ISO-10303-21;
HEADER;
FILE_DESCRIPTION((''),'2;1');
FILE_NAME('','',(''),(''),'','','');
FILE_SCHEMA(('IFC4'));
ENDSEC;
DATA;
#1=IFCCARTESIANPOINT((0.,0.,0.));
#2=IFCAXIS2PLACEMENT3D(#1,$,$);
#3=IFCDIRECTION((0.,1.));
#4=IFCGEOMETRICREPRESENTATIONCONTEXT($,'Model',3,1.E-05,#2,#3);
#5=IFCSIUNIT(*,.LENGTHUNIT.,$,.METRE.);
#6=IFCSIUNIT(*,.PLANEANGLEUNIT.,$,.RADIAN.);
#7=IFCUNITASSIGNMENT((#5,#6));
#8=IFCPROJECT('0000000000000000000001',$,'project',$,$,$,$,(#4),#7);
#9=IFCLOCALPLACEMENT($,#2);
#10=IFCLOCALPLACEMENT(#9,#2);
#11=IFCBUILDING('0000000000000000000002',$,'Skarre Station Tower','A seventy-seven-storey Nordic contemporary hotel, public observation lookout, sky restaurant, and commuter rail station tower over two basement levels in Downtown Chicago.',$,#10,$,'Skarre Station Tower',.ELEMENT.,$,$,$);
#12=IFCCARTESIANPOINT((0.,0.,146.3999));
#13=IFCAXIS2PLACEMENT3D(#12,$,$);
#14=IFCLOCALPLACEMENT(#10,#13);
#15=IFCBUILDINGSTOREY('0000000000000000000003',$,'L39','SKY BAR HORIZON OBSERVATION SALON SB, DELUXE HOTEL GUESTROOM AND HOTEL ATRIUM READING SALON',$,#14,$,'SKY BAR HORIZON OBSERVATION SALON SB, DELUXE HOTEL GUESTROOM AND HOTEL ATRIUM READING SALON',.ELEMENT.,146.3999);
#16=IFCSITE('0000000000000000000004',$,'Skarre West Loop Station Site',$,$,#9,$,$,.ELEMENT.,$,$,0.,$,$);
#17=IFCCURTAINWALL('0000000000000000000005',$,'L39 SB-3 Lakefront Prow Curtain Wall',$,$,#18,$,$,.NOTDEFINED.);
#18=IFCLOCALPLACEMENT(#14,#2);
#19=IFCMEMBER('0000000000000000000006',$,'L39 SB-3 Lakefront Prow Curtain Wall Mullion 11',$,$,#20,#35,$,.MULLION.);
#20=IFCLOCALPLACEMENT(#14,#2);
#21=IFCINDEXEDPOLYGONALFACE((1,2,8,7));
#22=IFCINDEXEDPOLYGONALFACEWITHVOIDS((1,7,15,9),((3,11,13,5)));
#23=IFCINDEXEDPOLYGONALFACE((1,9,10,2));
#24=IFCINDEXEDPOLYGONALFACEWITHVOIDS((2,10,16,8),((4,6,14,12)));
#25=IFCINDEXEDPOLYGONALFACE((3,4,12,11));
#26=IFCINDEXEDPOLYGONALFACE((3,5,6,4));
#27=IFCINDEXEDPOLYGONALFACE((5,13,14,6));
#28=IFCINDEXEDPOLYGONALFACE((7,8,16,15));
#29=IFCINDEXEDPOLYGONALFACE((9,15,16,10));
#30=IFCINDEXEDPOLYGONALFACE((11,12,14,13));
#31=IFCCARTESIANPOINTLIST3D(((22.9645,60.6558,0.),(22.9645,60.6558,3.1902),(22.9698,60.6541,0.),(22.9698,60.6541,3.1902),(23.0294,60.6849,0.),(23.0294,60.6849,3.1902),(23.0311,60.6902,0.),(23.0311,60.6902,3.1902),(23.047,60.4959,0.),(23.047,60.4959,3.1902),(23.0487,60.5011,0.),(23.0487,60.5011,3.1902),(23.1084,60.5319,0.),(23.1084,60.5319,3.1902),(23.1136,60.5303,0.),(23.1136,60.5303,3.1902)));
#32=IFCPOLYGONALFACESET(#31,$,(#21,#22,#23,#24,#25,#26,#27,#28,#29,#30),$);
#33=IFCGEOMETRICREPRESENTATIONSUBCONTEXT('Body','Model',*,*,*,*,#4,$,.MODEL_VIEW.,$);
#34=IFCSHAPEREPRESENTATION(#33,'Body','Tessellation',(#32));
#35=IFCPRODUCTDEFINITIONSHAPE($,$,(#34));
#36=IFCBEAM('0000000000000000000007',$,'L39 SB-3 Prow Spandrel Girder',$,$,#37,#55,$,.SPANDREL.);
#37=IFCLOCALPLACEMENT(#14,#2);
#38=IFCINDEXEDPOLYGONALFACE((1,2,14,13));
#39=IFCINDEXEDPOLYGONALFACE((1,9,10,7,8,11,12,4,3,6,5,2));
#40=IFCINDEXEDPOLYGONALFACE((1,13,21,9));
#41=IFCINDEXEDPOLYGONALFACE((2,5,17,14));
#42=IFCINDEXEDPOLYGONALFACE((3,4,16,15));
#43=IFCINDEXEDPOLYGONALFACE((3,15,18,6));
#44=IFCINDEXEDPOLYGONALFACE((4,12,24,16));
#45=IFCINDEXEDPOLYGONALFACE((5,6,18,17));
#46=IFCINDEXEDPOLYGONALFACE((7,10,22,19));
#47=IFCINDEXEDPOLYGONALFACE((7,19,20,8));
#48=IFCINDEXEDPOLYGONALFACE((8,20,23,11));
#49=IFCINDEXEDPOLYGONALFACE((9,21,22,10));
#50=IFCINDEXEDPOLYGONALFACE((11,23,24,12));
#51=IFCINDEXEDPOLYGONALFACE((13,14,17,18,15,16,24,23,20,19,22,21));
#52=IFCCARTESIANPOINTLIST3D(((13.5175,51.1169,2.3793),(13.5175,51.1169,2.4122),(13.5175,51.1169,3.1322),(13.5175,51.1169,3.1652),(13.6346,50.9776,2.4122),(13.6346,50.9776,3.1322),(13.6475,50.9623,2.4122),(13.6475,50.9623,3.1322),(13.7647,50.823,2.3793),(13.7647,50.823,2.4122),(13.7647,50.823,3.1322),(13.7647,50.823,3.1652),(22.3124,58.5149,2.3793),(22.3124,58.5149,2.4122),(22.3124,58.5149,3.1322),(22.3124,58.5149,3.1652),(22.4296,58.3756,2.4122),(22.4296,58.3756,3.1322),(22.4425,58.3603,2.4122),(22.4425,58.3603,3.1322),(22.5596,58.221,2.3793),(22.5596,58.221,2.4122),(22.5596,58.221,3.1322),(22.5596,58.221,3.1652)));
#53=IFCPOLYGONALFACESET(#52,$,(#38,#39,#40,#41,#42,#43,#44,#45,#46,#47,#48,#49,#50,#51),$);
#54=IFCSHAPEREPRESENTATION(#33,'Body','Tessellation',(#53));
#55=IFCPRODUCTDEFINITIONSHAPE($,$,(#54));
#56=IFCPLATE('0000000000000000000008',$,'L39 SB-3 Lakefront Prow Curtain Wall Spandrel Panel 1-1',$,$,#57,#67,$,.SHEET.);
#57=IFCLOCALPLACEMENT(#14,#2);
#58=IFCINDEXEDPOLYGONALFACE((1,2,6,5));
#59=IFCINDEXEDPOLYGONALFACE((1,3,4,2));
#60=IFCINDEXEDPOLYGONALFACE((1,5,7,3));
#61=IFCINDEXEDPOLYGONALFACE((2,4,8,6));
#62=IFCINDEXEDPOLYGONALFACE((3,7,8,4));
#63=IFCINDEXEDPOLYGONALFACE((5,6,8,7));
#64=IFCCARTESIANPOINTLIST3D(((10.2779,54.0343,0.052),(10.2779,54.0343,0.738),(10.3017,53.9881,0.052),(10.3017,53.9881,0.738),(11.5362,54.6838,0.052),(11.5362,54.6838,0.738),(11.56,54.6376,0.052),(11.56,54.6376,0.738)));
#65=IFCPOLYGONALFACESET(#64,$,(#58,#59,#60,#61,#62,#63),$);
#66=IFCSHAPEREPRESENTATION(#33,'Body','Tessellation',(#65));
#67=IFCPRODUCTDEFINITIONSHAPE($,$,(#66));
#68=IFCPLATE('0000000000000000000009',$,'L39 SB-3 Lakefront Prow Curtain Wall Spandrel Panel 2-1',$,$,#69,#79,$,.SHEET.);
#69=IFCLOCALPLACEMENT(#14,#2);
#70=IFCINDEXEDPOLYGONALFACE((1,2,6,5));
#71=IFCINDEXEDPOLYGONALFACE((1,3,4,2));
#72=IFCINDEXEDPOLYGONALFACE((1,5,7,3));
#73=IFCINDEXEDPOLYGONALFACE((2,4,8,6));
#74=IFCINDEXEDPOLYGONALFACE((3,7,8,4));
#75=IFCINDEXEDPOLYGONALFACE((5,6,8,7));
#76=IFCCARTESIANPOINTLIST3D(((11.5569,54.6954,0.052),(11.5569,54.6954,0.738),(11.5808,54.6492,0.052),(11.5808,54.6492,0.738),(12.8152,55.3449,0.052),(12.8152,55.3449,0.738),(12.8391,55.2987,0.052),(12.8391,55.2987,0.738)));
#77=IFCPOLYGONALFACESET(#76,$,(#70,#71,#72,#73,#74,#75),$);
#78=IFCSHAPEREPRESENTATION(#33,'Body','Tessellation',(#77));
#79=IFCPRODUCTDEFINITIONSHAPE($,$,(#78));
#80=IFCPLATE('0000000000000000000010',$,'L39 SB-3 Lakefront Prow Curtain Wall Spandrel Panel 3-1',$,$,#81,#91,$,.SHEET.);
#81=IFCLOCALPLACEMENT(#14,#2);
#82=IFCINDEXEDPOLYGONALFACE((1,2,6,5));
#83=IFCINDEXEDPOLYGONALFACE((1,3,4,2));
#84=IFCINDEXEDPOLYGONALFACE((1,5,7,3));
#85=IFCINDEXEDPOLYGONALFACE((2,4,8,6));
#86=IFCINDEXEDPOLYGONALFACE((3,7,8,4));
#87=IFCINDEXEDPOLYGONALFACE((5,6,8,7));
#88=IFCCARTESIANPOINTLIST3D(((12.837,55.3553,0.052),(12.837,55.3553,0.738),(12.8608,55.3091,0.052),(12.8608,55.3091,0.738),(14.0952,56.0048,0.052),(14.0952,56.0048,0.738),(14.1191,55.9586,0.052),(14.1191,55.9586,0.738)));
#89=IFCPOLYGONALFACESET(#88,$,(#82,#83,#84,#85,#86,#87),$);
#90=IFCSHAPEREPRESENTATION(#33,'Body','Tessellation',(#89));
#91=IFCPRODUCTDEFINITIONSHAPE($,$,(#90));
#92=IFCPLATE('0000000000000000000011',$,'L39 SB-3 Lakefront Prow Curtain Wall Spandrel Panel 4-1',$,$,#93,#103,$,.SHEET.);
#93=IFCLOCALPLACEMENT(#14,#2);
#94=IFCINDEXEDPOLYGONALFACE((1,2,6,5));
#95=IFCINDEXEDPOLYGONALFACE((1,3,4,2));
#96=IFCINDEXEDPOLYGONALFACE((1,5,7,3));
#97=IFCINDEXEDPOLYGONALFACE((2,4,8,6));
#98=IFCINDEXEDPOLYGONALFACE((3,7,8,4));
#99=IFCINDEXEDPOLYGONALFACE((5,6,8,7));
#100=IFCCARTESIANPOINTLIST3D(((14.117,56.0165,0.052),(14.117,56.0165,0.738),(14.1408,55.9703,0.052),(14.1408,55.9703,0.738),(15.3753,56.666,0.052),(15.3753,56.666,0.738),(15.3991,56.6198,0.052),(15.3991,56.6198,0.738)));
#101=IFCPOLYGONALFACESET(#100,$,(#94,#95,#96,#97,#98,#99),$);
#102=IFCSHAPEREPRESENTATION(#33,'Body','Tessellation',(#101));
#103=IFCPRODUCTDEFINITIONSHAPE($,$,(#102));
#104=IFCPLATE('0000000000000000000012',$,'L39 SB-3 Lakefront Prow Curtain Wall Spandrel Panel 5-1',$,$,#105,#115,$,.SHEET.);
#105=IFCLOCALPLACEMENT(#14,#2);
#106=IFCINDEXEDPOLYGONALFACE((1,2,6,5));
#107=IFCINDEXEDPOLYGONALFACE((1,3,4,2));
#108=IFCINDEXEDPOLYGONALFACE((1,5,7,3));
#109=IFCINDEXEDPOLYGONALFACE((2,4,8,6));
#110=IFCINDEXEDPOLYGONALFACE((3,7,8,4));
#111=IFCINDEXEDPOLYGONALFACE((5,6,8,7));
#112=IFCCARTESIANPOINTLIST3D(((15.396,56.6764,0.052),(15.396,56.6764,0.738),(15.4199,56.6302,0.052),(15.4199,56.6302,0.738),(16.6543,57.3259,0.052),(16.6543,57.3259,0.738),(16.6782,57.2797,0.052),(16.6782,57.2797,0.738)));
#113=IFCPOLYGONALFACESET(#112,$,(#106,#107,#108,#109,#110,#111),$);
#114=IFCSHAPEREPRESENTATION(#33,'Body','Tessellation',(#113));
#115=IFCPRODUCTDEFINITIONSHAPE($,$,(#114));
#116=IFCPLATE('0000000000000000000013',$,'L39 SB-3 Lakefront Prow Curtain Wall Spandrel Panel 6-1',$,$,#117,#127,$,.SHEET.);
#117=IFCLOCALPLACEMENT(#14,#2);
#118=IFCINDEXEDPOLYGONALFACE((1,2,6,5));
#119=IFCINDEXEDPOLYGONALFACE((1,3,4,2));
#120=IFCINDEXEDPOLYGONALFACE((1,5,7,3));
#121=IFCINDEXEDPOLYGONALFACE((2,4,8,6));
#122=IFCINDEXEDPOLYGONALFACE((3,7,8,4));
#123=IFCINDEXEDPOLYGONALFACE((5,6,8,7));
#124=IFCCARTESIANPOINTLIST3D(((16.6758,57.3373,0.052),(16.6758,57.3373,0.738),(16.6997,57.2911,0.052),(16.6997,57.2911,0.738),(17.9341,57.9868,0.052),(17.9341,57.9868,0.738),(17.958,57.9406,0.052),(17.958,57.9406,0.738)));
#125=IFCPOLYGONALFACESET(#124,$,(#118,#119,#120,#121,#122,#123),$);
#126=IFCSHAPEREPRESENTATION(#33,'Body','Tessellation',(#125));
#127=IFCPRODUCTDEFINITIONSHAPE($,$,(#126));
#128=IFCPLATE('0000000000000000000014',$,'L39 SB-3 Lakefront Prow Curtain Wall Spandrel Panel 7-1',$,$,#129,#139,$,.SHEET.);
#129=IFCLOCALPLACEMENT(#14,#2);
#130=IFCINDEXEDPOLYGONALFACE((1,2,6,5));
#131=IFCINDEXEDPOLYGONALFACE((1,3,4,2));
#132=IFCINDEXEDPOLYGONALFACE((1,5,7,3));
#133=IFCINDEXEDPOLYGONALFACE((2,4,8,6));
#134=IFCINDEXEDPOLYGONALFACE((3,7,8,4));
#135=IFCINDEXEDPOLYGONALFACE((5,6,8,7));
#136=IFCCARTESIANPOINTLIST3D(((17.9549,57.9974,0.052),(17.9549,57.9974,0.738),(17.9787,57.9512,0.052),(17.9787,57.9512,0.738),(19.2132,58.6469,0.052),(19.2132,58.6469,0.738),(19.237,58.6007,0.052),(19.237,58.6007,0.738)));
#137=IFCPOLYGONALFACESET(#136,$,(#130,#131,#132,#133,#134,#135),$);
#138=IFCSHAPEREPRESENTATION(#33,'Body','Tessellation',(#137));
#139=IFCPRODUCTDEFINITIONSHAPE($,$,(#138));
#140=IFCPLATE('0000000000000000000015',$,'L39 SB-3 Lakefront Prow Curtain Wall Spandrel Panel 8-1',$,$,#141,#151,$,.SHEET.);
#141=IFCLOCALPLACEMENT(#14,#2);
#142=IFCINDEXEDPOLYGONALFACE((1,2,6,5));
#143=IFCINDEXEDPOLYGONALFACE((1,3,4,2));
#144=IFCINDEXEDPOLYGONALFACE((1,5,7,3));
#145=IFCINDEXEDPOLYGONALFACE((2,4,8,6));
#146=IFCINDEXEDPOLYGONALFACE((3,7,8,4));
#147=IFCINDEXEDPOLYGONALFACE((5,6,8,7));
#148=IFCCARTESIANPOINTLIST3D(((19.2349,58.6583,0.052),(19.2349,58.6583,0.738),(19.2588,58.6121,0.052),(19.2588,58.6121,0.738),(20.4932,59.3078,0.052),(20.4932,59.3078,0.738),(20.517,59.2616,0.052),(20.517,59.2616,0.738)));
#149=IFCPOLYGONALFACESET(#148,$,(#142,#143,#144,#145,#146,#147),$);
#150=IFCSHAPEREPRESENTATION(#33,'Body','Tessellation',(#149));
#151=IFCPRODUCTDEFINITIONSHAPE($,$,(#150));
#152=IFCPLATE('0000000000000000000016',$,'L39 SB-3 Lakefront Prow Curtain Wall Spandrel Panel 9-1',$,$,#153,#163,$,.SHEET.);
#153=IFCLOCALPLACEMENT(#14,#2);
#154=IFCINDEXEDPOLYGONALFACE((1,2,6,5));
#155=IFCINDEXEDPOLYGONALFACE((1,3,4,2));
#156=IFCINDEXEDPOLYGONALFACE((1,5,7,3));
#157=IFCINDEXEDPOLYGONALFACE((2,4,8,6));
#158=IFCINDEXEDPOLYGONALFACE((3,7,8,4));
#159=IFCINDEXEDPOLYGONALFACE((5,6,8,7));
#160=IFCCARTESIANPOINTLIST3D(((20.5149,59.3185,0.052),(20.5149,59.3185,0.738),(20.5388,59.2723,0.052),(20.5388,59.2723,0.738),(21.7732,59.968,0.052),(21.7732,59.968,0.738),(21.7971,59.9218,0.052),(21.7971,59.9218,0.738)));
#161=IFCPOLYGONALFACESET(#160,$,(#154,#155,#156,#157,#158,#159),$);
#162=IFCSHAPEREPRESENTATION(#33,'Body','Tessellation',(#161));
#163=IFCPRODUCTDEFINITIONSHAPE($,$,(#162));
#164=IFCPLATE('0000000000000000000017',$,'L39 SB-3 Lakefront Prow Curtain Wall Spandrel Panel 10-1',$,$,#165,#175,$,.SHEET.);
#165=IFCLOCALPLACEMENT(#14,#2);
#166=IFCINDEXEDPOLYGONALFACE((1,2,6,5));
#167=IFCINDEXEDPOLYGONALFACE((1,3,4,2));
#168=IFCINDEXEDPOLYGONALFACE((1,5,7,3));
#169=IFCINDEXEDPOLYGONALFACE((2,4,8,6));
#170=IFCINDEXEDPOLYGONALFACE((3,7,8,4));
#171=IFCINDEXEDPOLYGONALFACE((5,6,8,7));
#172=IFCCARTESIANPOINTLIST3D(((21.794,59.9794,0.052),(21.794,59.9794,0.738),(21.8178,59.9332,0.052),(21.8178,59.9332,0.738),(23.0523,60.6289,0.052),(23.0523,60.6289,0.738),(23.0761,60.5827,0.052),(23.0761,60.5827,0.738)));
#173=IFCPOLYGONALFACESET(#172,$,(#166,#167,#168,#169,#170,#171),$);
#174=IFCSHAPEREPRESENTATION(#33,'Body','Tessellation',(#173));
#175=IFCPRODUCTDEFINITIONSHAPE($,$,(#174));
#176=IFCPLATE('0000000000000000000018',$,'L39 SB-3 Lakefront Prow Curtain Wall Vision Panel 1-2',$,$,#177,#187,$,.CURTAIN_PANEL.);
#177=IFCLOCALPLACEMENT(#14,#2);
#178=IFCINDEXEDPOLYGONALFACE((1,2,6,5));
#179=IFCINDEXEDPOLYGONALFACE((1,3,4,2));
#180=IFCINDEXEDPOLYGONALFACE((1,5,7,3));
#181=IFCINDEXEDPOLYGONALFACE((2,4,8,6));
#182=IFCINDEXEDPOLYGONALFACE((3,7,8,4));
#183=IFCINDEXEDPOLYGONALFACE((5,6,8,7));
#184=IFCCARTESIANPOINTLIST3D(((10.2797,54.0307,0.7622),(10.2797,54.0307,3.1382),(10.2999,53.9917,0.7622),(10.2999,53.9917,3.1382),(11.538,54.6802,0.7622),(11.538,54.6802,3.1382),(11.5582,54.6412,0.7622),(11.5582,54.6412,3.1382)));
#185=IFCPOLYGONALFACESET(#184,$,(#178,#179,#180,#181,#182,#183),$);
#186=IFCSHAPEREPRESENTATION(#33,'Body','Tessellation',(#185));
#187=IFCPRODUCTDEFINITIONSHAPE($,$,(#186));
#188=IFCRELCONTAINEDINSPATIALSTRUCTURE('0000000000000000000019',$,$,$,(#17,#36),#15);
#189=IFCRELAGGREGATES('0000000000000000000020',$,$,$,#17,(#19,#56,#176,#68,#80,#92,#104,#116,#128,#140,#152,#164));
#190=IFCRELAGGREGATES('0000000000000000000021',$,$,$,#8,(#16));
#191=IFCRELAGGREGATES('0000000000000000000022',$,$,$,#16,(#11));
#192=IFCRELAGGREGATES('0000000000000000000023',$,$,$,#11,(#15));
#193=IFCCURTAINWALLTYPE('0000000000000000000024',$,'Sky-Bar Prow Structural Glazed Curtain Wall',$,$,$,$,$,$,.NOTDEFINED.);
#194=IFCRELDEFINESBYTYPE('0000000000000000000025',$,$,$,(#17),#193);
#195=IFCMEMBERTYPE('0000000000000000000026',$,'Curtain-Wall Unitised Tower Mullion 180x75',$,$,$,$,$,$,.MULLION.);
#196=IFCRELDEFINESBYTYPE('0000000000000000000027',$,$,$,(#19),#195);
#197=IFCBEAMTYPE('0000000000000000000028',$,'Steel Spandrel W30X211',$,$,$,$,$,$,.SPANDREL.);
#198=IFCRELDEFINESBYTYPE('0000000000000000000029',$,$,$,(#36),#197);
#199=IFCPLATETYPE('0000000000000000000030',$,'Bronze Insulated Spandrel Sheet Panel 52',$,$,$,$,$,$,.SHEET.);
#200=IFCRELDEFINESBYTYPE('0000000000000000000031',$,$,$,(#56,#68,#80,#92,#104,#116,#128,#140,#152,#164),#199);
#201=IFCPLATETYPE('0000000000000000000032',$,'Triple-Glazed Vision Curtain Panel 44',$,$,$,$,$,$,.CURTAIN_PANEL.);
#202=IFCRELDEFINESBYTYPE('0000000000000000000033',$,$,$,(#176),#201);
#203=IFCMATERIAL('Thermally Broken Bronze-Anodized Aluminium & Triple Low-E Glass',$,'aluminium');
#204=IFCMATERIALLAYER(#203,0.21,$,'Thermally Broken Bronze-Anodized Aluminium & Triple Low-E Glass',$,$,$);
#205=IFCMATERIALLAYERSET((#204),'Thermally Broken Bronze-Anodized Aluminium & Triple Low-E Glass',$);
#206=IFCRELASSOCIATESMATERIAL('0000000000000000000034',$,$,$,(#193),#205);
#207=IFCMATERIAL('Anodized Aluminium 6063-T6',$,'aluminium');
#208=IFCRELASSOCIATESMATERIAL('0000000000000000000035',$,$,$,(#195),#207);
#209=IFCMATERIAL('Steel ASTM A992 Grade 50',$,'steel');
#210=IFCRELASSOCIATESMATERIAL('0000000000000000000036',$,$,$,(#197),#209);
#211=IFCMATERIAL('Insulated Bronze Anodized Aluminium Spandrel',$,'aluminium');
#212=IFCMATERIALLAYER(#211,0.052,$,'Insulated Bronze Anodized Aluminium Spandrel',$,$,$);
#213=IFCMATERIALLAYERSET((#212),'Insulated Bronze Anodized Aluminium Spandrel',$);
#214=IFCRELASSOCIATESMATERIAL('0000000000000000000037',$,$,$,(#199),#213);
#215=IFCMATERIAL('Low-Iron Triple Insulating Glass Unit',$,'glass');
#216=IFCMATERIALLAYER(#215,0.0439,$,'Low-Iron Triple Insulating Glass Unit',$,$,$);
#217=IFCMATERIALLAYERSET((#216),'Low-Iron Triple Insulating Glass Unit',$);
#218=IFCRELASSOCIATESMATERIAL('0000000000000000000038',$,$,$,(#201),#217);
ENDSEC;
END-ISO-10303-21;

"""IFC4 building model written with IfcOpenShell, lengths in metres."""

from ifc_helpers import new_model, si_unit, direction, frame, origin, origin_2d, place, context, subcontext, project, spatial, rectangle, hollow_rectangle, i_section, extrude, material, layer, layer_set, material_profile, profile_set, type_object, element, aggregate, save


model = new_model("IFC4")

# Units and contexts
model_context = context("Model", 3, precision=1e-05, world=origin(), true_north=direction((0.0, 1.0)))
body_context = subcontext(model_context, "Body", "Model", "MODEL_VIEW")
ifc_project = project(units=[si_unit("LENGTHUNIT", "METRE"), si_unit("PLANEANGLEUNIT", "RADIAN")], contexts=[model_context])

# Site, building, storey
site_placement = place(None, origin())
site = spatial("IfcSite", under=ifc_project, at=site_placement, Name="Skarre West Loop Station Site", CompositionType="ELEMENT", RefElevation=0.0)
building_placement = place(site_placement, origin())
building = spatial("IfcBuilding", under=site, at=building_placement, Name="Skarre Station Tower", Description="A seventy-seven-storey Nordic contemporary hotel, public observation lookout, sky restaurant, and commuter rail station tower over two basement levels in Downtown Chicago.", LongName="Skarre Station Tower", CompositionType="ELEMENT")
storey_placement = place(building_placement, frame((0.0, 0.0, 146.3999)))
storey = spatial("IfcBuildingStorey", under=building, at=storey_placement, Name="L39", Description="SKY BAR HORIZON OBSERVATION SALON SB, DELUXE HOTEL GUESTROOM AND HOTEL ATRIUM READING SALON", LongName="SKY BAR HORIZON OBSERVATION SALON SB, DELUXE HOTEL GUESTROOM AND HOTEL ATRIUM READING SALON", CompositionType="ELEMENT", Elevation=146.3999)

# Curtain wall, member
ifc_material_1 = material(Name="Thermally Broken Bronze-Anodized Aluminium & Triple Low-E Glass", Category="aluminium")
ifc_layer_1 = layer(ifc_material_1, 0.21, Name="Thermally Broken Bronze-Anodized Aluminium & Triple Low-E Glass")
ifc_layer_set_1 = layer_set([ifc_layer_1], Name="Thermally Broken Bronze-Anodized Aluminium & Triple Low-E Glass")
curtain_wall_type = type_object("IfcCurtainWallType", Name="Sky-Bar Prow Structural Glazed Curtain Wall", PredefinedType="NOTDEFINED", material=ifc_layer_set_1)
curtain_wall_placement = place(storey_placement, origin())
curtain_wall = element("IfcCurtainWall", 1, at=curtain_wall_placement, inside=storey, type_object=curtain_wall_type, Name="L39 SB-3 Lakefront Prow Curtain Wall", PredefinedType="NOTDEFINED")
ifc_material_2 = material(Name="Anodized Aluminium 6063-T6", Category="aluminium")
ifc_material_profile_1 = material_profile(ifc_material_2, hollow_rectangle(XDim=0.075, YDim=0.1799, WallThickness=0.0039, at=origin_2d()), Name="Anodized Aluminium 6063-T6")
ifc_profile_set_1 = profile_set([ifc_material_profile_1], Name="Anodized Aluminium 6063-T6")
member_type = type_object("IfcMemberType", Name="Curtain-Wall Unitised Tower Mullion 180x75", PredefinedType="MULLION", material=ifc_profile_set_1)
member_1_placement = place(storey_placement, frame((23.0391, 60.593, 0.0), z_axis=(0.0, 0.0, 1.0), x_axis=(0.888601, 0.458681, 0.0)))
member_1 = element("IfcMember", 2, at=member_1_placement, type_object=member_type, Name="L39 SB-3 Lakefront Prow Curtain Wall Mullion 11", PredefinedType="MULLION", context=body_context, shape_type="SweptSolid", body=[
    extrude(hollow_rectangle(XDim=0.075, YDim=0.1799, WallThickness=0.0039, at=origin_2d()), origin(), (0.0, 0.0, 1.0), 3.1902),
])

# Beam
ifc_material_3 = material(Name="Steel ASTM A992 Grade 50", Category="steel")
ifc_material_profile_2 = material_profile(ifc_material_3, i_section(OverallWidth=0.384, OverallDepth=0.7859, WebThickness=0.02, FlangeThickness=0.033, at=origin_2d()), Name="Steel ASTM A992 Grade 50")
ifc_profile_set_2 = profile_set([ifc_material_profile_2], Name="Steel ASTM A992 Grade 50")
beam_type = type_object("IfcBeamType", Name="Steel Spandrel W30X211", PredefinedType="SPANDREL", material=ifc_profile_set_2)
beam_placement = place(storey_placement, frame((22.436, 58.3679, 2.7722), z_axis=(-0.765267, -0.643713, 0.0), x_axis=(0.643713, -0.765267, 0.0)))
element("IfcBeam", 3, at=beam_placement, inside=storey, type_object=beam_type, Name="L39 SB-3 Prow Spandrel Girder", PredefinedType="SPANDREL", context=body_context, shape_type="SweptSolid", body=[
    extrude(i_section(OverallWidth=0.384, OverallDepth=0.7859, WebThickness=0.02, FlangeThickness=0.033, at=origin_2d()), origin(), (0.0, 0.0, 1.0), 11.4927),
])

# Plates
ifc_material_4 = material(Name="Insulated Bronze Anodized Aluminium Spandrel", Category="aluminium")
ifc_layer_2 = layer(ifc_material_4, 0.052, Name="Insulated Bronze Anodized Aluminium Spandrel")
ifc_layer_set_2 = layer_set([ifc_layer_2], Name="Insulated Bronze Anodized Aluminium Spandrel")
plate_type_1 = type_object("IfcPlateType", Name="Bronze Insulated Spandrel Sheet Panel 52", PredefinedType="SHEET", material=ifc_layer_set_2)
plate_1_placement = place(storey_placement, frame((10.9189, 54.3359, 0.052), z_axis=(0.0, 0.0, 1.0), x_axis=(0.888601, 0.458681, 0.0)))
plate_1 = element("IfcPlate", 4, at=plate_1_placement, type_object=plate_type_1, Name="L39 SB-3 Lakefront Prow Curtain Wall Spandrel Panel 1-1", PredefinedType="SHEET", context=body_context, shape_type="SweptSolid", body=[
    extrude(rectangle(XDim=1.416, YDim=0.052, at=origin_2d()), origin(), (0.0, 0.0, 1.0), 0.686),
])
plate_2_placement = place(storey_placement, frame((12.198, 54.9971, 0.052), z_axis=(0.0, 0.0, 1.0), x_axis=(0.888601, 0.458681, 0.0)))
plate_2 = element("IfcPlate", 5, at=plate_2_placement, type_object=plate_type_1, Name="L39 SB-3 Lakefront Prow Curtain Wall Spandrel Panel 2-1", PredefinedType="SHEET", context=body_context, shape_type="SweptSolid", body=[
    extrude(rectangle(XDim=1.416, YDim=0.052, at=origin_2d()), origin(), (0.0, 0.0, 1.0), 0.686),
])
plate_3_placement = place(storey_placement, frame((13.478, 55.657, 0.052), z_axis=(0.0, 0.0, 1.0), x_axis=(0.888601, 0.458681, 0.0)))
plate_3 = element("IfcPlate", 6, at=plate_3_placement, type_object=plate_type_1, Name="L39 SB-3 Lakefront Prow Curtain Wall Spandrel Panel 3-1", PredefinedType="SHEET", context=body_context, shape_type="SweptSolid", body=[
    extrude(rectangle(XDim=1.416, YDim=0.052, at=origin_2d()), origin(), (0.0, 0.0, 1.0), 0.686),
])
plate_4_placement = place(storey_placement, frame((14.7581, 56.3181, 0.052), z_axis=(0.0, 0.0, 1.0), x_axis=(0.888601, 0.458681, 0.0)))
plate_4 = element("IfcPlate", 7, at=plate_4_placement, type_object=plate_type_1, Name="L39 SB-3 Lakefront Prow Curtain Wall Spandrel Panel 4-1", PredefinedType="SHEET", context=body_context, shape_type="SweptSolid", body=[
    extrude(rectangle(XDim=1.416, YDim=0.052, at=origin_2d()), origin(), (0.0, 0.0, 1.0), 0.686),
])
plate_5_placement = place(storey_placement, frame((16.0371, 56.978, 0.052), z_axis=(0.0, 0.0, 1.0), x_axis=(0.888601, 0.458681, 0.0)))
plate_5 = element("IfcPlate", 8, at=plate_5_placement, type_object=plate_type_1, Name="L39 SB-3 Lakefront Prow Curtain Wall Spandrel Panel 5-1", PredefinedType="SHEET", context=body_context, shape_type="SweptSolid", body=[
    extrude(rectangle(XDim=1.416, YDim=0.052, at=origin_2d()), origin(), (0.0, 0.0, 1.0), 0.686),
])
plate_6_placement = place(storey_placement, frame((17.3169, 57.6389, 0.052), z_axis=(0.0, 0.0, 1.0), x_axis=(0.888601, 0.458681, 0.0)))
plate_6 = element("IfcPlate", 9, at=plate_6_placement, type_object=plate_type_1, Name="L39 SB-3 Lakefront Prow Curtain Wall Spandrel Panel 6-1", PredefinedType="SHEET", context=body_context, shape_type="SweptSolid", body=[
    extrude(rectangle(XDim=1.416, YDim=0.052, at=origin_2d()), origin(), (0.0, 0.0, 1.0), 0.686),
])
plate_7_placement = place(storey_placement, frame((18.5959, 58.2991, 0.052), z_axis=(0.0, 0.0, 1.0), x_axis=(0.888601, 0.458681, 0.0)))
plate_7 = element("IfcPlate", 10, at=plate_7_placement, type_object=plate_type_1, Name="L39 SB-3 Lakefront Prow Curtain Wall Spandrel Panel 7-1", PredefinedType="SHEET", context=body_context, shape_type="SweptSolid", body=[
    extrude(rectangle(XDim=1.416, YDim=0.052, at=origin_2d()), origin(), (0.0, 0.0, 1.0), 0.686),
])
plate_8_placement = place(storey_placement, frame((19.876, 58.96, 0.052), z_axis=(0.0, 0.0, 1.0), x_axis=(0.888601, 0.458681, 0.0)))
plate_8 = element("IfcPlate", 11, at=plate_8_placement, type_object=plate_type_1, Name="L39 SB-3 Lakefront Prow Curtain Wall Spandrel Panel 8-1", PredefinedType="SHEET", context=body_context, shape_type="SweptSolid", body=[
    extrude(rectangle(XDim=1.416, YDim=0.052, at=origin_2d()), origin(), (0.0, 0.0, 1.0), 0.686),
])
plate_9_placement = place(storey_placement, frame((21.156, 59.6201, 0.052), z_axis=(0.0, 0.0, 1.0), x_axis=(0.888601, 0.458681, 0.0)))
plate_9 = element("IfcPlate", 12, at=plate_9_placement, type_object=plate_type_1, Name="L39 SB-3 Lakefront Prow Curtain Wall Spandrel Panel 9-1", PredefinedType="SHEET", context=body_context, shape_type="SweptSolid", body=[
    extrude(rectangle(XDim=1.416, YDim=0.052, at=origin_2d()), origin(), (0.0, 0.0, 1.0), 0.686),
])
plate_10_placement = place(storey_placement, frame((22.4351, 60.281, 0.052), z_axis=(0.0, 0.0, 1.0), x_axis=(0.888601, 0.458681, 0.0)))
plate_10 = element("IfcPlate", 13, at=plate_10_placement, type_object=plate_type_1, Name="L39 SB-3 Lakefront Prow Curtain Wall Spandrel Panel 10-1", PredefinedType="SHEET", context=body_context, shape_type="SweptSolid", body=[
    extrude(rectangle(XDim=1.416, YDim=0.052, at=origin_2d()), origin(), (0.0, 0.0, 1.0), 0.686),
])
ifc_material_5 = material(Name="Low-Iron Triple Insulating Glass Unit", Category="glass")
ifc_layer_3 = layer(ifc_material_5, 0.0439, Name="Low-Iron Triple Insulating Glass Unit")
ifc_layer_set_3 = layer_set([ifc_layer_3], Name="Low-Iron Triple Insulating Glass Unit")
plate_type_2 = type_object("IfcPlateType", Name="Triple-Glazed Vision Curtain Panel 44", PredefinedType="CURTAIN_PANEL", material=ifc_layer_set_3)
plate_11_placement = place(storey_placement, frame((10.9189, 54.3359, 0.7622), z_axis=(0.0, 0.0, 1.0), x_axis=(0.888601, 0.458681, 0.0)))
plate_11 = element("IfcPlate", 14, at=plate_11_placement, type_object=plate_type_2, Name="L39 SB-3 Lakefront Prow Curtain Wall Vision Panel 1-2", PredefinedType="CURTAIN_PANEL", context=body_context, shape_type="SweptSolid", body=[
    extrude(rectangle(XDim=1.416, YDim=0.0439, at=origin_2d()), origin(), (0.0, 0.0, 1.0), 2.376),
])
aggregate(curtain_wall, [member_1, plate_1, plate_11, plate_2, plate_3, plate_4, plate_5, plate_6, plate_7, plate_8, plate_9, plate_10])

save(model, "model.ifc")
